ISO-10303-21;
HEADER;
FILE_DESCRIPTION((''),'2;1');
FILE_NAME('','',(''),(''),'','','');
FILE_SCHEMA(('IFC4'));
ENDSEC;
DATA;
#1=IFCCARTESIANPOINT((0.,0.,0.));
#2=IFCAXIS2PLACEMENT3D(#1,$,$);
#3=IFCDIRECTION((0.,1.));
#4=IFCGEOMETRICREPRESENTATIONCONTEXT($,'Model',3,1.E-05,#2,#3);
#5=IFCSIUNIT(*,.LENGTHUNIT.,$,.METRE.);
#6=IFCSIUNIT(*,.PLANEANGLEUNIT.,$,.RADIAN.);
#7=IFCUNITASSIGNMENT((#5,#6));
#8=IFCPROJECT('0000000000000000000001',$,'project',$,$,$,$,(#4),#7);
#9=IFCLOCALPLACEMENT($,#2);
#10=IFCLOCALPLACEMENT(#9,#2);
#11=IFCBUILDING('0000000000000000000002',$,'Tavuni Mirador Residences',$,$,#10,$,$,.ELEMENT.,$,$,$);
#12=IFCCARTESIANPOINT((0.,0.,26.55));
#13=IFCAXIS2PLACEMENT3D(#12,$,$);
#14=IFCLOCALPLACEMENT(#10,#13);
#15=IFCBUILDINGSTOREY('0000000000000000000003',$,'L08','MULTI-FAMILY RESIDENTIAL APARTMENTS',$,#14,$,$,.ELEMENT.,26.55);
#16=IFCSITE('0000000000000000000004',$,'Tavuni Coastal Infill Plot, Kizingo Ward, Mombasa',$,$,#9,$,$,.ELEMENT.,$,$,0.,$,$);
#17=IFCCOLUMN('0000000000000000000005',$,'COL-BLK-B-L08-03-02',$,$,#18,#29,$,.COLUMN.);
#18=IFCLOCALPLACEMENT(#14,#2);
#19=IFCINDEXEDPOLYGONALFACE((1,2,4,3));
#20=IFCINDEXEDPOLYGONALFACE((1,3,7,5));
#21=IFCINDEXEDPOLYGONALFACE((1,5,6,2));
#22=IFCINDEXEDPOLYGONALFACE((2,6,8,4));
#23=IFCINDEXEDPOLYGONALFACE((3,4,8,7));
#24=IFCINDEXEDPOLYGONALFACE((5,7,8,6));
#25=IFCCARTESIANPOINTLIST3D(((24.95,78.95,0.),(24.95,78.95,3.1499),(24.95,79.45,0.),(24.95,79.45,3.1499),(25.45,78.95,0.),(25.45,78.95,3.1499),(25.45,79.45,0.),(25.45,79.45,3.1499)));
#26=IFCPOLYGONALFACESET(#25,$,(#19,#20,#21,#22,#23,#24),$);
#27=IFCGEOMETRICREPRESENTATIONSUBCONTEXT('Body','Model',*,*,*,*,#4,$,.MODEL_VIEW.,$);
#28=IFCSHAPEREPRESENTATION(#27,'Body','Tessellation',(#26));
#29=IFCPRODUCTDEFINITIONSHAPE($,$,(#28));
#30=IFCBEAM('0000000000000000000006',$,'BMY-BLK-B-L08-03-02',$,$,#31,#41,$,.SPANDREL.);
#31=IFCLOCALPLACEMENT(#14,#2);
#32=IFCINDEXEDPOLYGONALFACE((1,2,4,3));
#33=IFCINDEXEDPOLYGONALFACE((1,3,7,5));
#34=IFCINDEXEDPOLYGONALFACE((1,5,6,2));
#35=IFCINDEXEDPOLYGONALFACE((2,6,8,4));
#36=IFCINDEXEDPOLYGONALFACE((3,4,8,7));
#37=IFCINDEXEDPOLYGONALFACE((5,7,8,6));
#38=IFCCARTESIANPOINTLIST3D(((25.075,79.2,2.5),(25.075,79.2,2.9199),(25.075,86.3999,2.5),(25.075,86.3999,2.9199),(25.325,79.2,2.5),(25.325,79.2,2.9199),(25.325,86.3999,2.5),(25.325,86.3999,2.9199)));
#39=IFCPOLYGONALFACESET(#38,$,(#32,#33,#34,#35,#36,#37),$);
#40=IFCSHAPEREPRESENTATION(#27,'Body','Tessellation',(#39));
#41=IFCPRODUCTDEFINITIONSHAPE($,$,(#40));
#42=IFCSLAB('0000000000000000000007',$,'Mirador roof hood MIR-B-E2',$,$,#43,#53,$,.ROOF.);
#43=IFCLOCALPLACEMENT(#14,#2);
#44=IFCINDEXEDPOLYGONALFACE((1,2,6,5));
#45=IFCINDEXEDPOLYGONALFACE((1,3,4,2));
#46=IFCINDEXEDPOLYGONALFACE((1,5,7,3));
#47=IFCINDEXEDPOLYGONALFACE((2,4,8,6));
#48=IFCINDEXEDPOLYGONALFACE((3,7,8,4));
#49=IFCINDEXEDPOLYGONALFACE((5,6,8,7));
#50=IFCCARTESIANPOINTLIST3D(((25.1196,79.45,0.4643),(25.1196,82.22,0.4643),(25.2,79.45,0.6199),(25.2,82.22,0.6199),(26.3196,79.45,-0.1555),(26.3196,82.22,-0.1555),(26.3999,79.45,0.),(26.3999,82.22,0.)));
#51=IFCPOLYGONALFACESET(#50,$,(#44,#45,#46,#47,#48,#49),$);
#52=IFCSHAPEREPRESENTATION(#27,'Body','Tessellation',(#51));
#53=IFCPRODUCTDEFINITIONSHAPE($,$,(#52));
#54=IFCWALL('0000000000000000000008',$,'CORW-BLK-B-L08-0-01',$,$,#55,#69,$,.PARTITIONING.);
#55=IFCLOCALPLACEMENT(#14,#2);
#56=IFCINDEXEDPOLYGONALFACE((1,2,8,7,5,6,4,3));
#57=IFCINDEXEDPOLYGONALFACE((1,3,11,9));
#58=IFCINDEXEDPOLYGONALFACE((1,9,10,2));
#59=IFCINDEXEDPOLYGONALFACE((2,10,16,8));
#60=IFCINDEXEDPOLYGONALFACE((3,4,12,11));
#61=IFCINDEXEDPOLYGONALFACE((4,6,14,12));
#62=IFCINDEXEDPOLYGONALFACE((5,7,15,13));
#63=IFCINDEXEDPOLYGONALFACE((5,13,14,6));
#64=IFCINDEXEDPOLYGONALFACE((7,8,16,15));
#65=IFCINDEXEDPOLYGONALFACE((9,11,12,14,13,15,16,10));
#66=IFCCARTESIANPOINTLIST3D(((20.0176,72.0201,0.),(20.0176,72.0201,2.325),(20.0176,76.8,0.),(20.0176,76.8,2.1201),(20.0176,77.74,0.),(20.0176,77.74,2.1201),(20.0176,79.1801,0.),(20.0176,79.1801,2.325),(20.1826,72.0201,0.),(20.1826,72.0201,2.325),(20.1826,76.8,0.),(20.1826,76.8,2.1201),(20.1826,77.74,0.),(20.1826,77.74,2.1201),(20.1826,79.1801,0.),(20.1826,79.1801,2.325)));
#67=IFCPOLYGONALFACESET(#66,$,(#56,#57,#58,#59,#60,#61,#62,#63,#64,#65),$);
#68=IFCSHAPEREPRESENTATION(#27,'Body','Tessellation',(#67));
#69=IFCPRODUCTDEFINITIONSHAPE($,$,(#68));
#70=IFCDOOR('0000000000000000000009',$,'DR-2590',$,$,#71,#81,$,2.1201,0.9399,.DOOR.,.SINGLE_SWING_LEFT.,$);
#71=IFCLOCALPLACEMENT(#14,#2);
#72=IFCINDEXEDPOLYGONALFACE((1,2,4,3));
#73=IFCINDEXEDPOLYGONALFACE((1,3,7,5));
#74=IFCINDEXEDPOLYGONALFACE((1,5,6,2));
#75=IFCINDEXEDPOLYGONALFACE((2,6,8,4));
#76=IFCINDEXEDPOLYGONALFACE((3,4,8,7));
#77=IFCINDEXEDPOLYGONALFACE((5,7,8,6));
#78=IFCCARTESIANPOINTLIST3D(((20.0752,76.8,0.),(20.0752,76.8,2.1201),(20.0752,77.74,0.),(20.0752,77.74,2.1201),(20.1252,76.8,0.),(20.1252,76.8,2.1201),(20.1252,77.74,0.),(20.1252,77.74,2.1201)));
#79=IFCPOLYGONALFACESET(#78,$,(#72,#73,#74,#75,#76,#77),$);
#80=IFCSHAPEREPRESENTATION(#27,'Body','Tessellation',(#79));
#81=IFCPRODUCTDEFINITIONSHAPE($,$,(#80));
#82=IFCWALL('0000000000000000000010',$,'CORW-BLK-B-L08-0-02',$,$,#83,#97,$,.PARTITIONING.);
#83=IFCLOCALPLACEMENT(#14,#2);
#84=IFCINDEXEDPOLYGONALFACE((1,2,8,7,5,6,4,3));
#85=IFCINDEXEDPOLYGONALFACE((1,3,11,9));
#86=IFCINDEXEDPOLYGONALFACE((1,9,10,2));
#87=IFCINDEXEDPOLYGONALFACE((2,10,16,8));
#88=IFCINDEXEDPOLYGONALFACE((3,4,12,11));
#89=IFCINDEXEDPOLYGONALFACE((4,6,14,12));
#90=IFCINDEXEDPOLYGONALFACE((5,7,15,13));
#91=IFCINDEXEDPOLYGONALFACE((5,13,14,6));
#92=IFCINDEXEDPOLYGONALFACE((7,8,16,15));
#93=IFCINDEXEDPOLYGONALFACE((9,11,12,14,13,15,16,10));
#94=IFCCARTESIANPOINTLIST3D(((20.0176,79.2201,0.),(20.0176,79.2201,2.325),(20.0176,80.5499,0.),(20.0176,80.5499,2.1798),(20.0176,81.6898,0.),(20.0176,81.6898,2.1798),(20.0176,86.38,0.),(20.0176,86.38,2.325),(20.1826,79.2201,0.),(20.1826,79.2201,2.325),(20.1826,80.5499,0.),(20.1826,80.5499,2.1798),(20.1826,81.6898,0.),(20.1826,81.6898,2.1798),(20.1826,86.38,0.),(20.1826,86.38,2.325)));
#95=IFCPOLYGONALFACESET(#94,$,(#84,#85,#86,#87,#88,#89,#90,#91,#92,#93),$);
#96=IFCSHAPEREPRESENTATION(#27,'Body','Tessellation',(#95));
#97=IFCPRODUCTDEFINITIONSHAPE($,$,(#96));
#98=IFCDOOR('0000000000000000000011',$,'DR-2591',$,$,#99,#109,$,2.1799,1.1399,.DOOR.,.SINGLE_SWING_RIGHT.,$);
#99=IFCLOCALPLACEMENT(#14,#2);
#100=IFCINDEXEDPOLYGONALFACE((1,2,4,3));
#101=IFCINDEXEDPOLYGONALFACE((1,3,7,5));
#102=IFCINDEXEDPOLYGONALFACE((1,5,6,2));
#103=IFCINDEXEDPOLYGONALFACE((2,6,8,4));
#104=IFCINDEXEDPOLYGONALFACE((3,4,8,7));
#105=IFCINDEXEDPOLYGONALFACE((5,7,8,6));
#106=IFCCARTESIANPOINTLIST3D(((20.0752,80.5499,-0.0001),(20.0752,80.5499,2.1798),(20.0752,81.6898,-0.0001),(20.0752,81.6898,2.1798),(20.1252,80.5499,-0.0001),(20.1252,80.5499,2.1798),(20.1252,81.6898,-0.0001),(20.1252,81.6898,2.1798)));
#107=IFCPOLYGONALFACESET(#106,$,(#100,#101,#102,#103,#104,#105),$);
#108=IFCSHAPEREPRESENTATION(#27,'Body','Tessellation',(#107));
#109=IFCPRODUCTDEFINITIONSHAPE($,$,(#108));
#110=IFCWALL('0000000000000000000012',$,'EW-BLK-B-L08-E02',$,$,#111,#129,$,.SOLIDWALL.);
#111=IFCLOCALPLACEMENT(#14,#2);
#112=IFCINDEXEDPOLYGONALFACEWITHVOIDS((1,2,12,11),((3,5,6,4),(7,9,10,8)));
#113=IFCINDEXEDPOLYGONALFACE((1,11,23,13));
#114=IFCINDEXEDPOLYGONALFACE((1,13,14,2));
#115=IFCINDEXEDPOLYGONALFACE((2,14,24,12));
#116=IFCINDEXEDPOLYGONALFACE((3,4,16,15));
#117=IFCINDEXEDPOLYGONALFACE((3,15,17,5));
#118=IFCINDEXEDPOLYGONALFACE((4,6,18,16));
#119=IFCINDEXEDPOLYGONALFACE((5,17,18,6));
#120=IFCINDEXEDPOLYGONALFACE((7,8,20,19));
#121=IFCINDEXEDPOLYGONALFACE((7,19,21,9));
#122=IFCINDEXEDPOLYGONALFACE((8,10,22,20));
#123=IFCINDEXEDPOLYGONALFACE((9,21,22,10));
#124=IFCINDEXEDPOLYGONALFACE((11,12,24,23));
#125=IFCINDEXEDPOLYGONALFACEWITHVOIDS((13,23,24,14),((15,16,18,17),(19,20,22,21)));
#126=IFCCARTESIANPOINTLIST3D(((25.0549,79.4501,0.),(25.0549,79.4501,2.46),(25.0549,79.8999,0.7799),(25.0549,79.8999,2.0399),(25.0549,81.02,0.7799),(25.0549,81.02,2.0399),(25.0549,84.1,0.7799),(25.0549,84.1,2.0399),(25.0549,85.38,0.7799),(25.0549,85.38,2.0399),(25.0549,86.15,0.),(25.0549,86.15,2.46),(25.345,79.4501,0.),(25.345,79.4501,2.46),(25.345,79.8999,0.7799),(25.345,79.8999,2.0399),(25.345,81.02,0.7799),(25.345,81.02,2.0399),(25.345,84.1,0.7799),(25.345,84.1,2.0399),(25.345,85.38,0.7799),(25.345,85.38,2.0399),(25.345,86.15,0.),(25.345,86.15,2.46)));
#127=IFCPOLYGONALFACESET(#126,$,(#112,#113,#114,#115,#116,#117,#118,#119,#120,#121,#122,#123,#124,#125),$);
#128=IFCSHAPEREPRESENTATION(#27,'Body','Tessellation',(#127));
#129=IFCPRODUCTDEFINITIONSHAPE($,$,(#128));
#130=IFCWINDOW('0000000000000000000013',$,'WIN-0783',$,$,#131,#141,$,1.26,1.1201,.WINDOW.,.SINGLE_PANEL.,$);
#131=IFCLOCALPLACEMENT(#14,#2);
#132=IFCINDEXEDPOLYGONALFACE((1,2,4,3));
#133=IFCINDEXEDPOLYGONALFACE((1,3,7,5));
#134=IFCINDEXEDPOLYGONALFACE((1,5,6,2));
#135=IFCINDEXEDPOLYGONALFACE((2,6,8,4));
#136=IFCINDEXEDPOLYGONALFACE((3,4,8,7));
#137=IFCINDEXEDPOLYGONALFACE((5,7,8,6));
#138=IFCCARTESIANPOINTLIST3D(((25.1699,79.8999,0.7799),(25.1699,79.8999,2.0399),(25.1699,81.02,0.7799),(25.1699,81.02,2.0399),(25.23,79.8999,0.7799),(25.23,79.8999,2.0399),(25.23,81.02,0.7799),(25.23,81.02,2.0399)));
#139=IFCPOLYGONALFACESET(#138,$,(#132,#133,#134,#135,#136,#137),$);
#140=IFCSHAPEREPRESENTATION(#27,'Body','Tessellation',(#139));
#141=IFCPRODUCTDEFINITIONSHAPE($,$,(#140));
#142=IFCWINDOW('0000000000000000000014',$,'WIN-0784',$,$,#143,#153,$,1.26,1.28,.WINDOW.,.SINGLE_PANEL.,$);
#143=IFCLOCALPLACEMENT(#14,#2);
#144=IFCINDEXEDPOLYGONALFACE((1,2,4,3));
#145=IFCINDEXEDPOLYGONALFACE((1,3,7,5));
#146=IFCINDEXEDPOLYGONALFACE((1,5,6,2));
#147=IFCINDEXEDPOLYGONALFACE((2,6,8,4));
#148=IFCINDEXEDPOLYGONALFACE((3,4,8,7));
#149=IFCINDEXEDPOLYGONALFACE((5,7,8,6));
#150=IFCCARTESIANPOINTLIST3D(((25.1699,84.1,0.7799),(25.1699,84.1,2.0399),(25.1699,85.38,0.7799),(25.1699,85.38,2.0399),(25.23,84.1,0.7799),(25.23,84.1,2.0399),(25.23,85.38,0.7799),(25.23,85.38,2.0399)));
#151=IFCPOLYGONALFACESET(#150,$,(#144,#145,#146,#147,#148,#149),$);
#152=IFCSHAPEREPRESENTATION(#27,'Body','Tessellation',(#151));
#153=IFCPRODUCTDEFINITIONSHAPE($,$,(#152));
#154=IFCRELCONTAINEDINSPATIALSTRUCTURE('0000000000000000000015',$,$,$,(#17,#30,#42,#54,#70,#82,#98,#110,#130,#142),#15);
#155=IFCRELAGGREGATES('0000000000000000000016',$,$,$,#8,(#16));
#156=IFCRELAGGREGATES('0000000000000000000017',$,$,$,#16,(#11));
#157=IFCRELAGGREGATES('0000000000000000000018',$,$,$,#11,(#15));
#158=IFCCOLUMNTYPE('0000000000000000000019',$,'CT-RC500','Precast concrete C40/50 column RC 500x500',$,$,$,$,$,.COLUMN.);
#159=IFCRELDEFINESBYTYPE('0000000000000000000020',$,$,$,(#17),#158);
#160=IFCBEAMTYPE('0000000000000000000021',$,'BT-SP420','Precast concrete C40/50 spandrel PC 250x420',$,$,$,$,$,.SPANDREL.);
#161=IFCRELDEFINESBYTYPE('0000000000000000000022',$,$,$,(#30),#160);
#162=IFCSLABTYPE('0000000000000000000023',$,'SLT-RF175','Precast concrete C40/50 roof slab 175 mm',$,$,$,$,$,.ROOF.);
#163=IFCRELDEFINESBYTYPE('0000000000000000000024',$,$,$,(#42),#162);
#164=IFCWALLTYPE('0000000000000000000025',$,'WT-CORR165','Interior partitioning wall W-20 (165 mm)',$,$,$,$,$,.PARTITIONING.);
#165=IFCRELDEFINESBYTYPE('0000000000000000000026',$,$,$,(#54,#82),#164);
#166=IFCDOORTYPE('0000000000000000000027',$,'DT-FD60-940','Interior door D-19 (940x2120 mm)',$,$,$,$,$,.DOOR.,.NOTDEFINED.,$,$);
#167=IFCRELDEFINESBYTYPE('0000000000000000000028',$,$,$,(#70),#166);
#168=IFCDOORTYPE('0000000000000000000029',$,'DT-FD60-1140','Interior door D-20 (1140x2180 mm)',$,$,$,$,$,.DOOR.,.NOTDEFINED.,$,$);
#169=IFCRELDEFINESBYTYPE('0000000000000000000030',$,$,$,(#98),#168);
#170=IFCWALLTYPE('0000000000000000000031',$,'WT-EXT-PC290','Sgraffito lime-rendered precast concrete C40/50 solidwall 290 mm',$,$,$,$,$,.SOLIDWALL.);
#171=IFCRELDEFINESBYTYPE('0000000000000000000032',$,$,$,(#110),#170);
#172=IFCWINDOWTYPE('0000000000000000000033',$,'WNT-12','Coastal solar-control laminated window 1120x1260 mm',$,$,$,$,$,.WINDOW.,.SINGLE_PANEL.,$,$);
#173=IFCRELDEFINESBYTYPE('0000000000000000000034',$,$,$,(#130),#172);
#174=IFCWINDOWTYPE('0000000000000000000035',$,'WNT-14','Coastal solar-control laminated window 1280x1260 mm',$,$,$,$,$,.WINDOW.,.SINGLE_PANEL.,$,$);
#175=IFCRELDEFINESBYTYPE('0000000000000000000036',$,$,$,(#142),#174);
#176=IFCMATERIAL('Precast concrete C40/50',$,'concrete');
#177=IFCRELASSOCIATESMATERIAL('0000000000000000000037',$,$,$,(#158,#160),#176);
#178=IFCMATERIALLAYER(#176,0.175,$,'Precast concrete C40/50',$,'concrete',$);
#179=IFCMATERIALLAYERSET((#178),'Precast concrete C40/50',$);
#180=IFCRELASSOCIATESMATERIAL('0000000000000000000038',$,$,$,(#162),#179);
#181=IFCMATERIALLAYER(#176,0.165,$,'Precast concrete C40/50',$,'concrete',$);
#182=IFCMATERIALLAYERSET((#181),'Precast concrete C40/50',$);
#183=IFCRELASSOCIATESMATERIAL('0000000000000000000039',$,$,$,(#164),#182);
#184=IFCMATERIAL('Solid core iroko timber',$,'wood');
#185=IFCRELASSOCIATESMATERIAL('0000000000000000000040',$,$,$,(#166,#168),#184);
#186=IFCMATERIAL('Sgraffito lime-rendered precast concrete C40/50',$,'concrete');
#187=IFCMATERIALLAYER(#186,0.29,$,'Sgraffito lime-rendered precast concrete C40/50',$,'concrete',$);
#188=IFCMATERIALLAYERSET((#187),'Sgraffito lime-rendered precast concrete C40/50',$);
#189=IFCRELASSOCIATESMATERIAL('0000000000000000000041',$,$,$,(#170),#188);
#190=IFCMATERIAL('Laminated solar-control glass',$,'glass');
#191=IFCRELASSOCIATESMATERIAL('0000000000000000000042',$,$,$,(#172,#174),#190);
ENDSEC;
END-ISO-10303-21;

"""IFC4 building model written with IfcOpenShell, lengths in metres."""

from ifc_helpers import new_model, si_unit, direction, frame, frame_2d, origin, origin_2d, place, context, subcontext, project, spatial, polyline, rectangle, outline, extrude, material, layer, layer_set, material_profile, profile_set, type_object, element, fill, save


model = new_model("IFC4")

# Units and contexts
model_context = context("Model", 3, precision=1e-05, world=origin(), true_north=direction((0.0, 1.0)))
body_context = subcontext(model_context, "Body", "Model", "MODEL_VIEW")
ifc_project = project(units=[si_unit("LENGTHUNIT", "METRE"), si_unit("PLANEANGLEUNIT", "RADIAN")], contexts=[model_context])

# Site, building, storey
site_placement = place(None, origin())
site = spatial("IfcSite", under=ifc_project, at=site_placement, Name="Tavuni Coastal Infill Plot, Kizingo Ward, Mombasa", CompositionType="ELEMENT", RefElevation=0.0)
building_placement = place(site_placement, origin())
building = spatial("IfcBuilding", under=site, at=building_placement, Name="Tavuni Mirador Residences", CompositionType="ELEMENT")
storey_placement = place(building_placement, frame((0.0, 0.0, 26.55)))
storey = spatial("IfcBuildingStorey", under=building, at=storey_placement, Name="L08", Description="MULTI-FAMILY RESIDENTIAL APARTMENTS", CompositionType="ELEMENT", Elevation=26.55)

# Column
ifc_material_1 = material(Name="Precast concrete C40/50", Category="concrete")
ifc_material_profile_1 = material_profile(ifc_material_1, rectangle(XDim=0.5, YDim=0.5, at=origin_2d()), Name="RC 500x500", Category="concrete")
ifc_profile_set_1 = profile_set([ifc_material_profile_1], Name="Precast concrete C40/50")
column_type = type_object("IfcColumnType", Name="CT-RC500", Description="Precast concrete C40/50 column RC 500x500", PredefinedType="COLUMN", material=ifc_profile_set_1)
column_placement = place(storey_placement, frame((25.2, 79.2, 0.0), z_axis=(0.0, 0.0, 1.0), x_axis=(1.0, 0.0, 0.0)))
element("IfcColumn", 1, at=column_placement, inside=storey, type_object=column_type, Name="COL-BLK-B-L08-03-02", PredefinedType="COLUMN", context=body_context, shape_type="SweptSolid", body=[
    extrude(rectangle(XDim=0.5, YDim=0.5, at=origin_2d()), origin(), (0.0, 0.0, 1.0), 3.1499),
])

# Beam
ifc_material_profile_2 = material_profile(ifc_material_1, rectangle(XDim=0.25, YDim=0.4199, at=origin_2d()), Name="PC 250x420", Category="concrete")
ifc_profile_set_2 = profile_set([ifc_material_profile_2], Name="Precast concrete C40/50")
beam_type = type_object("IfcBeamType", Name="BT-SP420", Description="Precast concrete C40/50 spandrel PC 250x420", PredefinedType="SPANDREL", material=ifc_profile_set_2)
beam_placement = place(storey_placement, frame((25.2, 79.2, 2.71), z_axis=(0.0, 1.0, 0.0), x_axis=(-1.0, 0.0, 0.0)))
element("IfcBeam", 2, at=beam_placement, inside=storey, type_object=beam_type, Name="BMY-BLK-B-L08-03-02", PredefinedType="SPANDREL", context=body_context, shape_type="SweptSolid", body=[
    extrude(rectangle(XDim=0.25, YDim=0.4199, at=origin_2d()), origin(), (0.0, 0.0, 1.0), 7.2),
])

# Slab
ifc_layer_1 = layer(ifc_material_1, 0.175, Name="Precast concrete C40/50", Category="concrete")
ifc_layer_set_1 = layer_set([ifc_layer_1], Name="Precast concrete C40/50")
slab_type = type_object("IfcSlabType", Name="SLT-RF175", Description="Precast concrete C40/50 roof slab 175 mm", PredefinedType="ROOF", material=ifc_layer_set_1)
slab_placement = place(storey_placement, frame((25.2, 79.45, 0.6199), z_axis=(0.458961, 0.0, 0.888457), x_axis=(0.0, 1.0, 0.0)))
element("IfcSlab", 3, at=slab_placement, inside=storey, type_object=slab_type, Name="Mirador roof hood MIR-B-E2", PredefinedType="ROOF", context=body_context, shape_type="SweptSolid", body=[
    extrude(outline(polyline([(0.0, 0.0), (2.77, 0.0), (2.77, -1.3506), (0.0, -1.3506), (0.0, 0.0)])), origin(), (0.0, 0.0, -1.0), 0.175),
])

# Walls, openings, doors
ifc_layer_2 = layer(ifc_material_1, 0.165, Name="Precast concrete C40/50", Category="concrete")
ifc_layer_set_2 = layer_set([ifc_layer_2], Name="Precast concrete C40/50")
wall_type_1 = type_object("IfcWallType", Name="WT-CORR165", Description="Interior partitioning wall W-20 (165 mm)", PredefinedType="PARTITIONING", material=ifc_layer_set_2)
wall_1_placement = place(storey_placement, frame((20.1001, 72.02, 0.0), z_axis=(0.0, 0.0, 1.0), x_axis=(0.0, 1.0, 0.0)))
wall_1 = element("IfcWall", 4, at=wall_1_placement, inside=storey, type_object=wall_type_1, Name="CORW-BLK-B-L08-0-01", PredefinedType="PARTITIONING", context=body_context, shape_type="SweptSolid", body=[
    extrude(rectangle(XDim=7.1599, YDim=0.165, at=frame_2d((3.5801, 0.0))), origin(), (0.0, 0.0, 1.0), 2.325),
])
opening_1_placement = place(wall_1_placement, frame((4.78, 0.0, 0.0)))
opening_1 = element("IfcOpeningElement", 5, at=opening_1_placement, cuts=wall_1, PredefinedType="OPENING", context=body_context, shape_type="SweptSolid", body=[
    extrude(rectangle(XDim=0.9399, YDim=2.1201, at=frame_2d((0.47, 1.0601))), frame((0.0, 0.0925, 0.0), z_axis=(0.0, -1.0, 0.0), x_axis=(1.0, 0.0, 0.0)), (0.0, 0.0, 1.0), 0.1851),
])
ifc_material_2 = material(Name="Solid core iroko timber", Category="wood")
door_type_1 = type_object("IfcDoorType", Name="DT-FD60-940", Description="Interior door D-19 (940x2120 mm)", OperationType="NOTDEFINED", PredefinedType="DOOR", material=ifc_material_2)
door_1_placement = place(opening_1_placement, origin())
door_1 = element("IfcDoor", 6, at=door_1_placement, inside=storey, type_object=door_type_1, Name="DR-2590", OperationType="SINGLE_SWING_LEFT", OverallHeight=2.1201, OverallWidth=0.9399, PredefinedType="DOOR", context=body_context, shape_type="SweptSolid", body=[
    extrude(rectangle(XDim=0.9399, YDim=2.1201, at=frame_2d((0.47, 1.0601))), frame((0.0, 0.0249, 0.0), z_axis=(0.0, -1.0, 0.0), x_axis=(1.0, 0.0, 0.0)), (0.0, 0.0, 1.0), 0.05),
])
fill(opening_1, door_1)
wall_2_placement = place(storey_placement, frame((20.1001, 79.22, 0.0), z_axis=(0.0, 0.0, 1.0), x_axis=(0.0, 1.0, 0.0)))
wall_2 = element("IfcWall", 7, at=wall_2_placement, inside=storey, type_object=wall_type_1, Name="CORW-BLK-B-L08-0-02", PredefinedType="PARTITIONING", context=body_context, shape_type="SweptSolid", body=[
    extrude(rectangle(XDim=7.1599, YDim=0.165, at=frame_2d((3.5801, 0.0))), origin(), (0.0, 0.0, 1.0), 2.325),
])
opening_2_placement = place(wall_2_placement, frame((1.3301, 0.0, 0.0)))
opening_2 = element("IfcOpeningElement", 8, at=opening_2_placement, cuts=wall_2, PredefinedType="OPENING", context=body_context, shape_type="SweptSolid", body=[
    extrude(rectangle(XDim=1.1399, YDim=2.1799, at=frame_2d((0.5698, 1.0898))), frame((0.0, 0.0925, 0.0), z_axis=(0.0, -1.0, 0.0), x_axis=(1.0, 0.0, 0.0)), (0.0, 0.0, 1.0), 0.1851),
])
door_type_2 = type_object("IfcDoorType", Name="DT-FD60-1140", Description="Interior door D-20 (1140x2180 mm)", OperationType="NOTDEFINED", PredefinedType="DOOR", material=ifc_material_2)
door_2_placement = place(opening_2_placement, origin())
door_2 = element("IfcDoor", 9, at=door_2_placement, inside=storey, type_object=door_type_2, Name="DR-2591", OperationType="SINGLE_SWING_RIGHT", OverallHeight=2.1799, OverallWidth=1.1399, PredefinedType="DOOR", context=body_context, shape_type="SweptSolid", body=[
    extrude(rectangle(XDim=1.1399, YDim=2.1799, at=frame_2d((0.5698, 1.0898))), frame((0.0, 0.0249, 0.0), z_axis=(0.0, -1.0, 0.0), x_axis=(1.0, 0.0, 0.0)), (0.0, 0.0, 1.0), 0.05),
])
fill(opening_2, door_2)

# Wall, openings, windows
ifc_material_3 = material(Name="Sgraffito lime-rendered precast concrete C40/50", Category="concrete")
ifc_layer_3 = layer(ifc_material_3, 0.29, Name="Sgraffito lime-rendered precast concrete C40/50", Category="concrete")
ifc_layer_set_3 = layer_set([ifc_layer_3], Name="Sgraffito lime-rendered precast concrete C40/50")
wall_type_2 = type_object("IfcWallType", Name="WT-EXT-PC290", Description="Sgraffito lime-rendered precast concrete C40/50 solidwall 290 mm", PredefinedType="SOLIDWALL", material=ifc_layer_set_3)
wall_3_placement = place(storey_placement, frame((25.2, 79.45, 0.0), z_axis=(0.0, 0.0, 1.0), x_axis=(0.0, 1.0, 0.0)))
wall_3 = element("IfcWall", 10, at=wall_3_placement, inside=storey, type_object=wall_type_2, Name="EW-BLK-B-L08-E02", PredefinedType="SOLIDWALL", context=body_context, shape_type="SweptSolid", body=[
    extrude(rectangle(XDim=6.7, YDim=0.29, at=frame_2d((3.3501, 0.0))), origin(), (0.0, 0.0, 1.0), 2.46),
])
opening_3_placement = place(wall_3_placement, frame((0.45, 0.0, 0.78)))
opening_3 = element("IfcOpeningElement", 11, at=opening_3_placement, cuts=wall_3, PredefinedType="OPENING", context=body_context, shape_type="SweptSolid", body=[
    extrude(rectangle(XDim=1.1201, YDim=1.26, at=frame_2d((0.5601, 0.6299))), frame((0.0, 0.155, 0.0), z_axis=(0.0, -1.0, 0.0), x_axis=(1.0, 0.0, 0.0)), (0.0, 0.0, 1.0), 0.3101),
])
opening_4_placement = place(wall_3_placement, frame((4.6499, 0.0, 0.78)))
opening_4 = element("IfcOpeningElement", 12, at=opening_4_placement, cuts=wall_3, PredefinedType="OPENING", context=body_context, shape_type="SweptSolid", body=[
    extrude(rectangle(XDim=1.28, YDim=1.26, at=frame_2d((0.6401, 0.6299))), frame((0.0, 0.155, 0.0), z_axis=(0.0, -1.0, 0.0), x_axis=(1.0, 0.0, 0.0)), (0.0, 0.0, 1.0), 0.3101),
])
ifc_material_4 = material(Name="Laminated solar-control glass", Category="glass")
window_type_1 = type_object("IfcWindowType", Name="WNT-12", Description="Coastal solar-control laminated window 1120x1260 mm", PartitioningType="SINGLE_PANEL", PredefinedType="WINDOW", material=ifc_material_4)
window_1_placement = place(opening_3_placement, origin())
window_1 = element("IfcWindow", 13, at=window_1_placement, inside=storey, type_object=window_type_1, Name="WIN-0783", OverallHeight=1.26, OverallWidth=1.1201, PartitioningType="SINGLE_PANEL", PredefinedType="WINDOW", context=body_context, shape_type="SweptSolid", body=[
    extrude(rectangle(XDim=1.1201, YDim=1.26, at=frame_2d((0.5601, 0.6299))), frame((0.0, 0.03, 0.0), z_axis=(0.0, -1.0, 0.0), x_axis=(1.0, 0.0, 0.0)), (0.0, 0.0, 1.0), 0.0601),
])
fill(opening_3, window_1)
window_type_2 = type_object("IfcWindowType", Name="WNT-14", Description="Coastal solar-control laminated window 1280x1260 mm", PartitioningType="SINGLE_PANEL", PredefinedType="WINDOW", material=ifc_material_4)
window_2_placement = place(opening_4_placement, origin())
window_2 = element("IfcWindow", 14, at=window_2_placement, inside=storey, type_object=window_type_2, Name="WIN-0784", OverallHeight=1.26, OverallWidth=1.28, PartitioningType="SINGLE_PANEL", PredefinedType="WINDOW", context=body_context, shape_type="SweptSolid", body=[
    extrude(rectangle(XDim=1.28, YDim=1.26, at=frame_2d((0.6401, 0.6299))), frame((0.0, 0.03, 0.0), z_axis=(0.0, -1.0, 0.0), x_axis=(1.0, 0.0, 0.0)), (0.0, 0.0, 1.0), 0.0601),
])
fill(opening_4, window_2)

save(model, "model.ifc")
